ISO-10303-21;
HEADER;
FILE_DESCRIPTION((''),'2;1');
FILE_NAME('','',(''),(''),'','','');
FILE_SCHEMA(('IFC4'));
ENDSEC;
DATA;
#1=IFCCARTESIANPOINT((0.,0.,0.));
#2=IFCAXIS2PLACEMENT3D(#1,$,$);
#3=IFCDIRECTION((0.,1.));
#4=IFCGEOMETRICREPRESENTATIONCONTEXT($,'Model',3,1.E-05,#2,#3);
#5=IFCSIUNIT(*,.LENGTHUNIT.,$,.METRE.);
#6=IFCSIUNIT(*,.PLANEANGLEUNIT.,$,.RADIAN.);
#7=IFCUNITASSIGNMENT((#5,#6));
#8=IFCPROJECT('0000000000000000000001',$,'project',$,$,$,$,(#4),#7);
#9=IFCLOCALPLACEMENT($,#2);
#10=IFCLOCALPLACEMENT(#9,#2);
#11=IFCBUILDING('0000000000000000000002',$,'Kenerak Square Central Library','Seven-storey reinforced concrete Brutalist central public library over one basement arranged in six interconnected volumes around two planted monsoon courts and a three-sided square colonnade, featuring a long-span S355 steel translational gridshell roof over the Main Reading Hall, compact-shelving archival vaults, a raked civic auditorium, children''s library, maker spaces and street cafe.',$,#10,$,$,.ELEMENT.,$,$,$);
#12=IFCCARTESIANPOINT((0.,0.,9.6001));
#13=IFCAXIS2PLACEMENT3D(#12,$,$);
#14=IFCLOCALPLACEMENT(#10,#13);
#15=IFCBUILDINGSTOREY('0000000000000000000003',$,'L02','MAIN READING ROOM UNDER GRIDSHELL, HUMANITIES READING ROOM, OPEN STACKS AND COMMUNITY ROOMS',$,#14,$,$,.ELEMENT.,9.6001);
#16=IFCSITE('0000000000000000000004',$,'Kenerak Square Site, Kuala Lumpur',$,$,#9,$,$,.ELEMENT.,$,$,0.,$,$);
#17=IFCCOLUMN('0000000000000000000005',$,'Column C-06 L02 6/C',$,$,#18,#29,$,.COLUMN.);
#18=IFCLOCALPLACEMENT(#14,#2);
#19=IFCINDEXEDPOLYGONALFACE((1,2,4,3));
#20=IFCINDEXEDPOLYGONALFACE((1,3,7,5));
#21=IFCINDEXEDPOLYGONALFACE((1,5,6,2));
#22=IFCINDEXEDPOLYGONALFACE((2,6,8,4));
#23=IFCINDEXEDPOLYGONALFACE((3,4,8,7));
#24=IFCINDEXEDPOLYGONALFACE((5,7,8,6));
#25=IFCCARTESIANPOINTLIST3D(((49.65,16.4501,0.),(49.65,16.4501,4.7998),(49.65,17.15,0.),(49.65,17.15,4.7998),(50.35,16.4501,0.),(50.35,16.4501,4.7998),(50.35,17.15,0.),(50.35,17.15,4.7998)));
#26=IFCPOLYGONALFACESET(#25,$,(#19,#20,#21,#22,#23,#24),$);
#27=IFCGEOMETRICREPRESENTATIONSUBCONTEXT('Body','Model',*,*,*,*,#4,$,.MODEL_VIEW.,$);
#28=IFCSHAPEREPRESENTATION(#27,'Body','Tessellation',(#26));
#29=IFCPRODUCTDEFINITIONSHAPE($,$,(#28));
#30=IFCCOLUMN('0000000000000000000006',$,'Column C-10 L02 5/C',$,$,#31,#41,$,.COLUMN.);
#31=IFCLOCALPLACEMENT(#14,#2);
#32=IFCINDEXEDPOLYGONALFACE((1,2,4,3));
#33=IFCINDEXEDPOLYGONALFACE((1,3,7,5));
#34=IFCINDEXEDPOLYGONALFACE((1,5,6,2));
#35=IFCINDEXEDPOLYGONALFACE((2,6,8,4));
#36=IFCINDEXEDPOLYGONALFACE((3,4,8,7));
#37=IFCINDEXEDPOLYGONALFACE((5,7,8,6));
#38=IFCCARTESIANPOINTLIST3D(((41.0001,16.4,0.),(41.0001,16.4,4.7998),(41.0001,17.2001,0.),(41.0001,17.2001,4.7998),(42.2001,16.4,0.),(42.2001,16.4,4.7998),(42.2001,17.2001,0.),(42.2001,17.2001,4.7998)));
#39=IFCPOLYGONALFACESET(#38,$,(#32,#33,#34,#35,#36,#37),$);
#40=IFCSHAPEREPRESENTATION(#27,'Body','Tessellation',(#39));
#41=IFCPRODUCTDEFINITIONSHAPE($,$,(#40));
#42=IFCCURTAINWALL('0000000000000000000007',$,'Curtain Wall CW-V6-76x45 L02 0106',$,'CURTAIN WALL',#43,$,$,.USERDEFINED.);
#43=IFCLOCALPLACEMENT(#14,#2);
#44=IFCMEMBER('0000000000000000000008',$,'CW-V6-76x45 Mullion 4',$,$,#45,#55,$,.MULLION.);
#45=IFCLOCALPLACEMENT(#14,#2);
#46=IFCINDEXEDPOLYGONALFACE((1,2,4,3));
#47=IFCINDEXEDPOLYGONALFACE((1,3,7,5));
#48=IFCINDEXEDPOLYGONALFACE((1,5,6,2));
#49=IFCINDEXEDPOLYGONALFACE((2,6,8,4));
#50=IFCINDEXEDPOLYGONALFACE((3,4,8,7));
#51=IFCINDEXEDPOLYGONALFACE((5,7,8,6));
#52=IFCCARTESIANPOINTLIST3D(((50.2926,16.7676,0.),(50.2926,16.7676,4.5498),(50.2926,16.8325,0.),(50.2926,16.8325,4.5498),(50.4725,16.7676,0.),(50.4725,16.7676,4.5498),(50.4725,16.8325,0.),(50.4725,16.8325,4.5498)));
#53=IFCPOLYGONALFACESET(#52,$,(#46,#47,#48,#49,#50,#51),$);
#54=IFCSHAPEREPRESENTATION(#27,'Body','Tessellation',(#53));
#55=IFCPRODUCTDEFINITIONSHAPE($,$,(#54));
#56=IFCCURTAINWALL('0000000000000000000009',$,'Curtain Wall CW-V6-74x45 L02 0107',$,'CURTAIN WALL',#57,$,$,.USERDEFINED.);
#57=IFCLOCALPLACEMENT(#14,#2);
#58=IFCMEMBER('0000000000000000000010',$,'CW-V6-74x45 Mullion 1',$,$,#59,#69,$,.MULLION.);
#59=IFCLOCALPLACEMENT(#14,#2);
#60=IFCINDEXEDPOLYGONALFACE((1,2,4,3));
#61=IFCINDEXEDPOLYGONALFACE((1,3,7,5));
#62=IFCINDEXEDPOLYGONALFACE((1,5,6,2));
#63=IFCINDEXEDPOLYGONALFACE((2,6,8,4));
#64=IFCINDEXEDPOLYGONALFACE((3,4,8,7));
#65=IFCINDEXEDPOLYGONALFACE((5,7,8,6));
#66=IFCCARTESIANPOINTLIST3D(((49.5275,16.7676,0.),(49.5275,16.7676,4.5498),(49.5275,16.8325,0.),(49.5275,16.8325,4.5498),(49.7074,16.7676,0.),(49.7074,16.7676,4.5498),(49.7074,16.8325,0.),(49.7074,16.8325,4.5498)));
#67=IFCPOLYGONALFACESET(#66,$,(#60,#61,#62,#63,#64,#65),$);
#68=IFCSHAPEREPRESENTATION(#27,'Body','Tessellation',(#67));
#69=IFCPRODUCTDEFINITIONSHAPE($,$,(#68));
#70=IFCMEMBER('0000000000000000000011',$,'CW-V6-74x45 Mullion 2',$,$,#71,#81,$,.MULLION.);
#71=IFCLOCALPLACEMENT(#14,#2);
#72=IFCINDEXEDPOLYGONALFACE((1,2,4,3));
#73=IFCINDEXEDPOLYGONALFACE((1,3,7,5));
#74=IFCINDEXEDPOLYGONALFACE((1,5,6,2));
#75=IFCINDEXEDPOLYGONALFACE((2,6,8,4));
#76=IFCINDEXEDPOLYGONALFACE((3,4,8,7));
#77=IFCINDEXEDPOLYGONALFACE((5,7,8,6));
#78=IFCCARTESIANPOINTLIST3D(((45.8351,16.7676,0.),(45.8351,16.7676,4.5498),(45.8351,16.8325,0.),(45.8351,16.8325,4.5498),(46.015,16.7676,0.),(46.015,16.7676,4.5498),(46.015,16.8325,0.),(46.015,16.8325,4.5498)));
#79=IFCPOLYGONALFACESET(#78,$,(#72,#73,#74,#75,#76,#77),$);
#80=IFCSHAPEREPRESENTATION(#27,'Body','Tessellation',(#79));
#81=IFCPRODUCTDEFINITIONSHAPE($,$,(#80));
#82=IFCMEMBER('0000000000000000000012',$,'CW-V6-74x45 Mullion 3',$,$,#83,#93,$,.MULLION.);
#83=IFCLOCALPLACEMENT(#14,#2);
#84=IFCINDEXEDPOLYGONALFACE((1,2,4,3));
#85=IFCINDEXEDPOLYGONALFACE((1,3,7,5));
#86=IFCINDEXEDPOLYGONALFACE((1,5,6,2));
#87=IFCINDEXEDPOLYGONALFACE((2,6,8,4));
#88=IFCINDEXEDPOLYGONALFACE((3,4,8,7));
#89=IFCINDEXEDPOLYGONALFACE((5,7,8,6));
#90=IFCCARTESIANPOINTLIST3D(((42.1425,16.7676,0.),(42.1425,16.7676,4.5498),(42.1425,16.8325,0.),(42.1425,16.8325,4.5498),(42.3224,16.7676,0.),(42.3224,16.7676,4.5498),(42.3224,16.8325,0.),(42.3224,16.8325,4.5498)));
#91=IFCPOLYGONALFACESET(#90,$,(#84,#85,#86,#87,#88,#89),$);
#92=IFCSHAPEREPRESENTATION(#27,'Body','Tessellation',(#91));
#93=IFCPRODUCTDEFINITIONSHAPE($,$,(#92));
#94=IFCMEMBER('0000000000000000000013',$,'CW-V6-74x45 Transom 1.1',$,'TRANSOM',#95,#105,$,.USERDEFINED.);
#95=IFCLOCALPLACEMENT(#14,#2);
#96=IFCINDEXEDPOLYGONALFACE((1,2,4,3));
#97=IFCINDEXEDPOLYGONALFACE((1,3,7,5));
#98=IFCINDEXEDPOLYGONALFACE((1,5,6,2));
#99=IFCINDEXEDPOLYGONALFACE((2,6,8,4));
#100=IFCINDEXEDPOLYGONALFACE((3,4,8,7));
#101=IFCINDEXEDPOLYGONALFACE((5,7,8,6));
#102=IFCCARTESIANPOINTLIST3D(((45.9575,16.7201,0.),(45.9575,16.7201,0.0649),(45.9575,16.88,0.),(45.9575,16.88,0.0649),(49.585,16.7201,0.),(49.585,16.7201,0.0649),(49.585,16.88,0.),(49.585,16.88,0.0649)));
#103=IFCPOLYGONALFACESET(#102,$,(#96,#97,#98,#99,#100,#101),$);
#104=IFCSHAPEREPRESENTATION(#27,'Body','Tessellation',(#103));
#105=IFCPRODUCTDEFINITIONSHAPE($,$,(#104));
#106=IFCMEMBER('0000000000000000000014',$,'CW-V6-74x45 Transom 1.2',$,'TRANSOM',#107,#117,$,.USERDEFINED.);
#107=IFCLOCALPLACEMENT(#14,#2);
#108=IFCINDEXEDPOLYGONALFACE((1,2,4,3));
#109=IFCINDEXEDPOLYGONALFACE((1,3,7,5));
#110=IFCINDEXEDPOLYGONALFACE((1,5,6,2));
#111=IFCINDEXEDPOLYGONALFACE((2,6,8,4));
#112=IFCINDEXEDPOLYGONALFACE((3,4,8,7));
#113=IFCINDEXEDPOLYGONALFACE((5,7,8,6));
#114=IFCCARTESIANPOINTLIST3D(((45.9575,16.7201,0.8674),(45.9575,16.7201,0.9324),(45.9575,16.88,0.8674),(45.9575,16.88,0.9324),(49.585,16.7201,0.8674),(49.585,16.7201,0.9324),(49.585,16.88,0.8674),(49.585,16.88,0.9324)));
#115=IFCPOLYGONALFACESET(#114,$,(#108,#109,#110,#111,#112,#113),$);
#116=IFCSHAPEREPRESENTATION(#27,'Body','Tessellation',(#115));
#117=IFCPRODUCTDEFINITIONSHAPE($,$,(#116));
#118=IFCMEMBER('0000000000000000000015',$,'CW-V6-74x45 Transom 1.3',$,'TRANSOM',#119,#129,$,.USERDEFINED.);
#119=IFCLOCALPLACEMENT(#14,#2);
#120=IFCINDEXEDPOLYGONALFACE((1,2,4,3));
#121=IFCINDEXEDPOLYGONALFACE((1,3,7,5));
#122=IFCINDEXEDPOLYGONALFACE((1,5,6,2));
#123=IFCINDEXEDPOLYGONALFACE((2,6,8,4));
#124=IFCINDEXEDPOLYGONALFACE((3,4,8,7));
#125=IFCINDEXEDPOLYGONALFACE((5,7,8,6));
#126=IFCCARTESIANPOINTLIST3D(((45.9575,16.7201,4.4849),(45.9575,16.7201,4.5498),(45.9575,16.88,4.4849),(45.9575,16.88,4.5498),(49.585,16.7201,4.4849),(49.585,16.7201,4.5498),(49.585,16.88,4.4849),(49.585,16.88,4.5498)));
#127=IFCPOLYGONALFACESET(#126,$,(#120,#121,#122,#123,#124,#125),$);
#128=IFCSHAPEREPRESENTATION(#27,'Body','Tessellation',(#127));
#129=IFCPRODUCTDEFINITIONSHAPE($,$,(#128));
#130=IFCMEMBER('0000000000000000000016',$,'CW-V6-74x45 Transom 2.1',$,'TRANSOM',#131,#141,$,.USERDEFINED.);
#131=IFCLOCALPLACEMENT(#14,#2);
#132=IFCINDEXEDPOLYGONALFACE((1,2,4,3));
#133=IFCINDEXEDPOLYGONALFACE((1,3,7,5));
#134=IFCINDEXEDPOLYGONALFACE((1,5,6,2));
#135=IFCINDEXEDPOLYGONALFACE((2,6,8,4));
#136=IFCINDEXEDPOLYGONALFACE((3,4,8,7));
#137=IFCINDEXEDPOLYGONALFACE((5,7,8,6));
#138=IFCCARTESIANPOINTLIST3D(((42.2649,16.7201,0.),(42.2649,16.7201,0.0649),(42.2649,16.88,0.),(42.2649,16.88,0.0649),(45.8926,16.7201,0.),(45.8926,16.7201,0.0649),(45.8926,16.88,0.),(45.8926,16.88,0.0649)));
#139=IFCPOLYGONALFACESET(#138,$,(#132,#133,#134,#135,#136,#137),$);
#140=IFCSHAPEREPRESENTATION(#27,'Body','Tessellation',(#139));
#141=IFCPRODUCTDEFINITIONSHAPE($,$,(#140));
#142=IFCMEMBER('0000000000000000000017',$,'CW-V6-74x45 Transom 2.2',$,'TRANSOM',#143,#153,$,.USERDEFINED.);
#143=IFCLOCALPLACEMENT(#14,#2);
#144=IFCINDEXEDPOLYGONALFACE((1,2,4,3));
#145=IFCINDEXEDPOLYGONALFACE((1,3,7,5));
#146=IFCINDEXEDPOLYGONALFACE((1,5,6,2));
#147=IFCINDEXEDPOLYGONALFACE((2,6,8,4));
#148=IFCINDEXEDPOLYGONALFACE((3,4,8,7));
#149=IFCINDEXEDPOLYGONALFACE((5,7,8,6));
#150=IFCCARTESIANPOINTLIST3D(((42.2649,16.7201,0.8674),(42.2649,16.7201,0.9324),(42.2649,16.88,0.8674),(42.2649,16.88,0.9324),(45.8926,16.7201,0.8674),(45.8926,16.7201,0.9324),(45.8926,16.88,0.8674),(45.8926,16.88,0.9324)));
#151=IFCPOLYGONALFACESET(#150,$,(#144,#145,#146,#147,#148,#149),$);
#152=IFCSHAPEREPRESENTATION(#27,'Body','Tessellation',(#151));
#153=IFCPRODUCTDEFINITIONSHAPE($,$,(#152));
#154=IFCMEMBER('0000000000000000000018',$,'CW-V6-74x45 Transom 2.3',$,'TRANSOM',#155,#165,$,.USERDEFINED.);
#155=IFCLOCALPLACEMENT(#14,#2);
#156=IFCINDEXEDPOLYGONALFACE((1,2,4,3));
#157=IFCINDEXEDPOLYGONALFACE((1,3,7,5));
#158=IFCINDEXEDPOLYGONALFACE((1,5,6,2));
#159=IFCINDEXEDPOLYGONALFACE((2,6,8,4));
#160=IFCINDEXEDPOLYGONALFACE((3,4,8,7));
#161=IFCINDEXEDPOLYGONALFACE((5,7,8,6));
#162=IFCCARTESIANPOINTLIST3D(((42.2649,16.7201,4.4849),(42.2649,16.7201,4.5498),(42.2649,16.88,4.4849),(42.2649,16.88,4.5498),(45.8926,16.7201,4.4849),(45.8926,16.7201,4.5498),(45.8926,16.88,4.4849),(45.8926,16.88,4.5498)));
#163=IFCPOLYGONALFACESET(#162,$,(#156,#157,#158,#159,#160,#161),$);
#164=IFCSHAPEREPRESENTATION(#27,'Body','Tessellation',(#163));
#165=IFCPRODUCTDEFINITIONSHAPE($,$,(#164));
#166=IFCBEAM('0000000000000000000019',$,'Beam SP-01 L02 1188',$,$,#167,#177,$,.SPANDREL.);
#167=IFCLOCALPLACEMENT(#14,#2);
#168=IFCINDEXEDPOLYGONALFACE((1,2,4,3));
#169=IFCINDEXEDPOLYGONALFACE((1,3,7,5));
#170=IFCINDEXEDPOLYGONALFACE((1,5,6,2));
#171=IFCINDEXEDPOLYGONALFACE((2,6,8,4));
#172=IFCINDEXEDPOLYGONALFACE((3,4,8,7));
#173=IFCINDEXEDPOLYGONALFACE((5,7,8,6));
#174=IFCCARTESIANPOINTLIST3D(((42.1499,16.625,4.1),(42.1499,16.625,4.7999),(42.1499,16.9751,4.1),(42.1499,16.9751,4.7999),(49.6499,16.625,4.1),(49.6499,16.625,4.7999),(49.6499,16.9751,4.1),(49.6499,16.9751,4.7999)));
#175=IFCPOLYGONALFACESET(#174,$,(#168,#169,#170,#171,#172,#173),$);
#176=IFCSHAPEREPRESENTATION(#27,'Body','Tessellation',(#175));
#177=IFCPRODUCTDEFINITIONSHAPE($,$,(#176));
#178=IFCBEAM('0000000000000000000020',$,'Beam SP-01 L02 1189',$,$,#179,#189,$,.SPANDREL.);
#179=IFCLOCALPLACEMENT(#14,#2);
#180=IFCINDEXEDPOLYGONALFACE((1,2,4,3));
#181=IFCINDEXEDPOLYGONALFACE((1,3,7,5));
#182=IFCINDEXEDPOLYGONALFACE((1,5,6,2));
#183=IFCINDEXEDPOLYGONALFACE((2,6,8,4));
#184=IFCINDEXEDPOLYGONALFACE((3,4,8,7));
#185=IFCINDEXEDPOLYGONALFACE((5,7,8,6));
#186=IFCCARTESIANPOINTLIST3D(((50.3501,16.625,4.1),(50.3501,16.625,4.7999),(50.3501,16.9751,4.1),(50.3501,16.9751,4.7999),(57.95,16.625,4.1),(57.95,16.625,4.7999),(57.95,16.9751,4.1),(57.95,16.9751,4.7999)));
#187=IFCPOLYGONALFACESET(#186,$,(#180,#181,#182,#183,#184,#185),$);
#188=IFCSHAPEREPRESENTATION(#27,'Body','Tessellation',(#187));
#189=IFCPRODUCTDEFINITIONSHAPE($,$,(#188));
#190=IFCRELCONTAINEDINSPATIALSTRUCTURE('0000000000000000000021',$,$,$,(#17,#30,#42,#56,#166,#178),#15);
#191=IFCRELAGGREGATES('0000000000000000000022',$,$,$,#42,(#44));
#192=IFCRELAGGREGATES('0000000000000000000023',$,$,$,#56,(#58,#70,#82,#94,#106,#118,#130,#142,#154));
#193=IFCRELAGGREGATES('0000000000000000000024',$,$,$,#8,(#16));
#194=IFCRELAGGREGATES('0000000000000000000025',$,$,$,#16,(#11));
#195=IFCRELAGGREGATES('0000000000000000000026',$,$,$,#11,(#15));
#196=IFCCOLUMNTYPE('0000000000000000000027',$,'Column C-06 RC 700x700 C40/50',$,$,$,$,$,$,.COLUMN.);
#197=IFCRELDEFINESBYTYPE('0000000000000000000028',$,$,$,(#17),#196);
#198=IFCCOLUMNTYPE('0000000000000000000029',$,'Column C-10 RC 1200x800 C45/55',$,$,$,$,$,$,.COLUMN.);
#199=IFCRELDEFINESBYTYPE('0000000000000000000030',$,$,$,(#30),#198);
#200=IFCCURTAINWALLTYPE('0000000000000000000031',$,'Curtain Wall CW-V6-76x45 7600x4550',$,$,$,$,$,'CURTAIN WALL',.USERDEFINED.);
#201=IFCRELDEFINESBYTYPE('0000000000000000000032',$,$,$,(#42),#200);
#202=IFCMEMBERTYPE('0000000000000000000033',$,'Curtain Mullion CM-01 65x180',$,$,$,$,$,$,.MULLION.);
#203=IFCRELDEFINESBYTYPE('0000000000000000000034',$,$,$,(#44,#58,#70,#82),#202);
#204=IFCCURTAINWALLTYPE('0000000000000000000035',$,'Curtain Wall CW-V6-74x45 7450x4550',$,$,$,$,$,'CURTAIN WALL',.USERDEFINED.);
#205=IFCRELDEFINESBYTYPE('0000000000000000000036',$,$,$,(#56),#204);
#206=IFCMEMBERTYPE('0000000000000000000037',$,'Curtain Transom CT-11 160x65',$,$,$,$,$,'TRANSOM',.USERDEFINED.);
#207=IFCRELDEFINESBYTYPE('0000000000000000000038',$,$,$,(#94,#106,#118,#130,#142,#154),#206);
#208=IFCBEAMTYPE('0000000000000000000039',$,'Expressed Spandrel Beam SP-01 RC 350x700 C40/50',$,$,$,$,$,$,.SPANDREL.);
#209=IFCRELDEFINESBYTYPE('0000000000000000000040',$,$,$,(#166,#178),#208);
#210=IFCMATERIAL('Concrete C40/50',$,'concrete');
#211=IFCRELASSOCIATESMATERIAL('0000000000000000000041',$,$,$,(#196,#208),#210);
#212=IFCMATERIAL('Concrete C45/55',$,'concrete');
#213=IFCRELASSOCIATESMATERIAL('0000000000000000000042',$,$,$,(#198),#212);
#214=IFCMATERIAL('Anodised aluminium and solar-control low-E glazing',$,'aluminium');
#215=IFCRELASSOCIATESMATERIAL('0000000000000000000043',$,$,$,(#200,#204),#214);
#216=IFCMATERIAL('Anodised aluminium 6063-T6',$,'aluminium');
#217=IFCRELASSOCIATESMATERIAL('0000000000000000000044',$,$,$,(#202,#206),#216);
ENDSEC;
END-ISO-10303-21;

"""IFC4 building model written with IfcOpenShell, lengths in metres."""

from ifc_helpers import new_model, si_unit, direction, frame, origin, origin_2d, place, context, subcontext, project, spatial, rectangle, extrude, material, material_profile, profile_set, type_object, element, aggregate, save


model = new_model("IFC4")

# Units and contexts
model_context = context("Model", 3, precision=1e-05, world=origin(), true_north=direction((0.0, 1.0)))
body_context = subcontext(model_context, "Body", "Model", "MODEL_VIEW")
ifc_project = project(units=[si_unit("LENGTHUNIT", "METRE"), si_unit("PLANEANGLEUNIT", "RADIAN")], contexts=[model_context])

# Site, building, storey
site_placement = place(None, origin())
site = spatial("IfcSite", under=ifc_project, at=site_placement, Name="Kenerak Square Site, Kuala Lumpur", CompositionType="ELEMENT", RefElevation=0.0)
building_placement = place(site_placement, origin())
building = spatial("IfcBuilding", under=site, at=building_placement, Name="Kenerak Square Central Library", Description="Seven-storey reinforced concrete Brutalist central public library over one basement arranged in six interconnected volumes around two planted monsoon courts and a three-sided square colonnade, featuring a long-span S355 steel translational gridshell roof over the Main Reading Hall, compact-shelving archival vaults, a raked civic auditorium, children's library, maker spaces and street cafe.", CompositionType="ELEMENT")
storey_placement = place(building_placement, frame((0.0, 0.0, 9.6001)))
storey = spatial("IfcBuildingStorey", under=building, at=storey_placement, Name="L02", Description="MAIN READING ROOM UNDER GRIDSHELL, HUMANITIES READING ROOM, OPEN STACKS AND COMMUNITY ROOMS", CompositionType="ELEMENT", Elevation=9.6001)

# Columns
ifc_material_1 = material(Name="Concrete C40/50", Category="concrete")
ifc_material_profile_1 = material_profile(ifc_material_1, rectangle(XDim=0.7, YDim=0.7, at=origin_2d()), Name="RC 700x700")
ifc_profile_set_1 = profile_set([ifc_material_profile_1], Name="Concrete C40/50")
column_type_1 = type_object("IfcColumnType", Name="Column C-06 RC 700x700 C40/50", PredefinedType="COLUMN", material=ifc_profile_set_1)
column_1_placement = place(storey_placement, frame((50.0, 16.8, 0.0), z_axis=(0.0, 0.0, 1.0), x_axis=(1.0, 0.0, 0.0)))
element("IfcColumn", 1, at=column_1_placement, inside=storey, type_object=column_type_1, Name="Column C-06 L02 6/C", PredefinedType="COLUMN", context=body_context, shape_type="SweptSolid", body=[
    extrude(rectangle(XDim=0.7, YDim=0.7, at=origin_2d()), origin(), (0.0, 0.0, 1.0), 4.7998),
])
ifc_material_2 = material(Name="Concrete C45/55", Category="concrete")
ifc_material_profile_2 = material_profile(ifc_material_2, rectangle(XDim=1.2, YDim=0.8, at=origin_2d()), Name="RC 1200x800")
ifc_profile_set_2 = profile_set([ifc_material_profile_2], Name="Concrete C45/55")
column_type_2 = type_object("IfcColumnType", Name="Column C-10 RC 1200x800 C45/55", PredefinedType="COLUMN", material=ifc_profile_set_2)
column_2_placement = place(storey_placement, frame((41.6001, 16.8, 0.0), z_axis=(0.0, 0.0, 1.0), x_axis=(1.0, 0.0, 0.0)))
element("IfcColumn", 2, at=column_2_placement, inside=storey, type_object=column_type_2, Name="Column C-10 L02 5/C", PredefinedType="COLUMN", context=body_context, shape_type="SweptSolid", body=[
    extrude(rectangle(XDim=1.2, YDim=0.8, at=origin_2d()), origin(), (0.0, 0.0, 1.0), 4.7998),
])

# Curtain wall, member
ifc_material_3 = material(Name="Anodised aluminium and solar-control low-E glazing", Category="aluminium")
curtain_wall_type_1 = type_object("IfcCurtainWallType", Name="Curtain Wall CW-V6-76x45 7600x4550", ElementType="CURTAIN WALL", PredefinedType="USERDEFINED", material=ifc_material_3)
curtain_wall_1_placement = place(storey_placement, origin())
curtain_wall_1 = element("IfcCurtainWall", 3, at=curtain_wall_1_placement, inside=storey, type_object=curtain_wall_type_1, Name="Curtain Wall CW-V6-76x45 L02 0106", ObjectType="CURTAIN WALL", PredefinedType="USERDEFINED")
ifc_material_4 = material(Name="Anodised aluminium 6063-T6", Category="aluminium")
ifc_material_profile_3 = material_profile(ifc_material_4, rectangle(XDim=0.0649, YDim=0.1799, at=origin_2d()), Name="AL MULLION 65x180")
ifc_profile_set_3 = profile_set([ifc_material_profile_3], Name="Anodised aluminium 6063-T6")
member_type_1 = type_object("IfcMemberType", Name="Curtain Mullion CM-01 65x180", PredefinedType="MULLION", material=ifc_profile_set_3)
member_1_placement = place(storey_placement, frame((50.3826, 16.8, 0.0), z_axis=(0.0, 0.0, 1.0), x_axis=(0.0, -1.0, 0.0)))
member_1 = element("IfcMember", 4, at=member_1_placement, type_object=member_type_1, Name="CW-V6-76x45 Mullion 4", PredefinedType="MULLION", context=body_context, shape_type="SweptSolid", body=[
    extrude(rectangle(XDim=0.0649, YDim=0.1799, at=origin_2d()), origin(), (0.0, 0.0, 1.0), 4.5498),
])

# Curtain wall, members
curtain_wall_type_2 = type_object("IfcCurtainWallType", Name="Curtain Wall CW-V6-74x45 7450x4550", ElementType="CURTAIN WALL", PredefinedType="USERDEFINED", material=ifc_material_3)
curtain_wall_2_placement = place(storey_placement, origin())
curtain_wall_2 = element("IfcCurtainWall", 5, at=curtain_wall_2_placement, inside=storey, type_object=curtain_wall_type_2, Name="Curtain Wall CW-V6-74x45 L02 0107", ObjectType="CURTAIN WALL", PredefinedType="USERDEFINED")
member_2_placement = place(storey_placement, frame((49.6174, 16.8, 0.0), z_axis=(0.0, 0.0, 1.0), x_axis=(0.0, -1.0, 0.0)))
member_2 = element("IfcMember", 6, at=member_2_placement, type_object=member_type_1, Name="CW-V6-74x45 Mullion 1", PredefinedType="MULLION", context=body_context, shape_type="SweptSolid", body=[
    extrude(rectangle(XDim=0.0649, YDim=0.1799, at=origin_2d()), origin(), (0.0, 0.0, 1.0), 4.5498),
])
member_3_placement = place(storey_placement, frame((45.925, 16.8, 0.0), z_axis=(0.0, 0.0, 1.0), x_axis=(0.0, -1.0, 0.0)))
member_3 = element("IfcMember", 7, at=member_3_placement, type_object=member_type_1, Name="CW-V6-74x45 Mullion 2", PredefinedType="MULLION", context=body_context, shape_type="SweptSolid", body=[
    extrude(rectangle(XDim=0.0649, YDim=0.1799, at=origin_2d()), origin(), (0.0, 0.0, 1.0), 4.5498),
])
member_4_placement = place(storey_placement, frame((42.2324, 16.8, 0.0), z_axis=(0.0, 0.0, 1.0), x_axis=(0.0, -1.0, 0.0)))
member_4 = element("IfcMember", 8, at=member_4_placement, type_object=member_type_1, Name="CW-V6-74x45 Mullion 3", PredefinedType="MULLION", context=body_context, shape_type="SweptSolid", body=[
    extrude(rectangle(XDim=0.0649, YDim=0.1799, at=origin_2d()), origin(), (0.0, 0.0, 1.0), 4.5498),
])
ifc_material_profile_4 = material_profile(ifc_material_4, rectangle(XDim=0.1599, YDim=0.0649, at=origin_2d()), Name="AL TRANSOM 160x65")
ifc_profile_set_4 = profile_set([ifc_material_profile_4], Name="Anodised aluminium 6063-T6")
member_type_2 = type_object("IfcMemberType", Name="Curtain Transom CT-11 160x65", ElementType="TRANSOM", PredefinedType="USERDEFINED", material=ifc_profile_set_4)
member_5_placement = place(storey_placement, frame((49.585, 16.8, 0.0325), z_axis=(-1.0, 0.0, 0.0), x_axis=(0.0, -1.0, 0.0)))
member_5 = element("IfcMember", 9, at=member_5_placement, type_object=member_type_2, Name="CW-V6-74x45 Transom 1.1", ObjectType="TRANSOM", PredefinedType="USERDEFINED", context=body_context, shape_type="SweptSolid", body=[
    extrude(rectangle(XDim=0.1599, YDim=0.0649, at=origin_2d()), origin(), (0.0, 0.0, 1.0), 3.6274),
])
member_6_placement = place(storey_placement, frame((49.585, 16.8, 0.8999), z_axis=(-1.0, 0.0, 0.0), x_axis=(0.0, -1.0, 0.0)))
member_6 = element("IfcMember", 10, at=member_6_placement, type_object=member_type_2, Name="CW-V6-74x45 Transom 1.2", ObjectType="TRANSOM", PredefinedType="USERDEFINED", context=body_context, shape_type="SweptSolid", body=[
    extrude(rectangle(XDim=0.1599, YDim=0.0649, at=origin_2d()), origin(), (0.0, 0.0, 1.0), 3.6274),
])
member_7_placement = place(storey_placement, frame((49.585, 16.8, 4.5173), z_axis=(-1.0, 0.0, 0.0), x_axis=(0.0, -1.0, 0.0)))
member_7 = element("IfcMember", 11, at=member_7_placement, type_object=member_type_2, Name="CW-V6-74x45 Transom 1.3", ObjectType="TRANSOM", PredefinedType="USERDEFINED", context=body_context, shape_type="SweptSolid", body=[
    extrude(rectangle(XDim=0.1599, YDim=0.0649, at=origin_2d()), origin(), (0.0, 0.0, 1.0), 3.6274),
])
member_8_placement = place(storey_placement, frame((45.8926, 16.8, 0.0325), z_axis=(-1.0, 0.0, 0.0), x_axis=(0.0, -1.0, 0.0)))
member_8 = element("IfcMember", 12, at=member_8_placement, type_object=member_type_2, Name="CW-V6-74x45 Transom 2.1", ObjectType="TRANSOM", PredefinedType="USERDEFINED", context=body_context, shape_type="SweptSolid", body=[
    extrude(rectangle(XDim=0.1599, YDim=0.0649, at=origin_2d()), origin(), (0.0, 0.0, 1.0), 3.6277),
])
member_9_placement = place(storey_placement, frame((45.8926, 16.8, 0.8999), z_axis=(-1.0, 0.0, 0.0), x_axis=(0.0, -1.0, 0.0)))
member_9 = element("IfcMember", 13, at=member_9_placement, type_object=member_type_2, Name="CW-V6-74x45 Transom 2.2", ObjectType="TRANSOM", PredefinedType="USERDEFINED", context=body_context, shape_type="SweptSolid", body=[
    extrude(rectangle(XDim=0.1599, YDim=0.0649, at=origin_2d()), origin(), (0.0, 0.0, 1.0), 3.6277),
])
member_10_placement = place(storey_placement, frame((45.8926, 16.8, 4.5173), z_axis=(-1.0, 0.0, 0.0), x_axis=(0.0, -1.0, 0.0)))
member_10 = element("IfcMember", 14, at=member_10_placement, type_object=member_type_2, Name="CW-V6-74x45 Transom 2.3", ObjectType="TRANSOM", PredefinedType="USERDEFINED", context=body_context, shape_type="SweptSolid", body=[
    extrude(rectangle(XDim=0.1599, YDim=0.0649, at=origin_2d()), origin(), (0.0, 0.0, 1.0), 3.6277),
])

# Beams
ifc_material_profile_5 = material_profile(ifc_material_1, rectangle(XDim=0.3501, YDim=0.7, at=origin_2d()), Name="RC 350x700")
ifc_profile_set_5 = profile_set([ifc_material_profile_5], Name="Concrete C40/50")
beam_type = type_object("IfcBeamType", Name="Expressed Spandrel Beam SP-01 RC 350x700 C40/50", PredefinedType="SPANDREL", material=ifc_profile_set_5)
beam_1_placement = place(storey_placement, frame((42.1499, 16.8, 4.45), z_axis=(1.0, 0.0, 0.0), x_axis=(0.0, 1.0, 0.0)))
element("IfcBeam", 15, at=beam_1_placement, inside=storey, type_object=beam_type, Name="Beam SP-01 L02 1188", PredefinedType="SPANDREL", context=body_context, shape_type="SweptSolid", body=[
    extrude(rectangle(XDim=0.3501, YDim=0.7, at=origin_2d()), origin(), (0.0, 0.0, 1.0), 7.5),
])
beam_2_placement = place(storey_placement, frame((50.3501, 16.8, 4.45), z_axis=(1.0, 0.0, 0.0), x_axis=(0.0, 1.0, 0.0)))
element("IfcBeam", 16, at=beam_2_placement, inside=storey, type_object=beam_type, Name="Beam SP-01 L02 1189", PredefinedType="SPANDREL", context=body_context, shape_type="SweptSolid", body=[
    extrude(rectangle(XDim=0.3501, YDim=0.7, at=origin_2d()), origin(), (0.0, 0.0, 1.0), 7.5999),
])

aggregate(curtain_wall_1, [member_1])
aggregate(curtain_wall_2, [member_2, member_3, member_4, member_5, member_6, member_7, member_8, member_9, member_10])

save(model, "model.ifc")
